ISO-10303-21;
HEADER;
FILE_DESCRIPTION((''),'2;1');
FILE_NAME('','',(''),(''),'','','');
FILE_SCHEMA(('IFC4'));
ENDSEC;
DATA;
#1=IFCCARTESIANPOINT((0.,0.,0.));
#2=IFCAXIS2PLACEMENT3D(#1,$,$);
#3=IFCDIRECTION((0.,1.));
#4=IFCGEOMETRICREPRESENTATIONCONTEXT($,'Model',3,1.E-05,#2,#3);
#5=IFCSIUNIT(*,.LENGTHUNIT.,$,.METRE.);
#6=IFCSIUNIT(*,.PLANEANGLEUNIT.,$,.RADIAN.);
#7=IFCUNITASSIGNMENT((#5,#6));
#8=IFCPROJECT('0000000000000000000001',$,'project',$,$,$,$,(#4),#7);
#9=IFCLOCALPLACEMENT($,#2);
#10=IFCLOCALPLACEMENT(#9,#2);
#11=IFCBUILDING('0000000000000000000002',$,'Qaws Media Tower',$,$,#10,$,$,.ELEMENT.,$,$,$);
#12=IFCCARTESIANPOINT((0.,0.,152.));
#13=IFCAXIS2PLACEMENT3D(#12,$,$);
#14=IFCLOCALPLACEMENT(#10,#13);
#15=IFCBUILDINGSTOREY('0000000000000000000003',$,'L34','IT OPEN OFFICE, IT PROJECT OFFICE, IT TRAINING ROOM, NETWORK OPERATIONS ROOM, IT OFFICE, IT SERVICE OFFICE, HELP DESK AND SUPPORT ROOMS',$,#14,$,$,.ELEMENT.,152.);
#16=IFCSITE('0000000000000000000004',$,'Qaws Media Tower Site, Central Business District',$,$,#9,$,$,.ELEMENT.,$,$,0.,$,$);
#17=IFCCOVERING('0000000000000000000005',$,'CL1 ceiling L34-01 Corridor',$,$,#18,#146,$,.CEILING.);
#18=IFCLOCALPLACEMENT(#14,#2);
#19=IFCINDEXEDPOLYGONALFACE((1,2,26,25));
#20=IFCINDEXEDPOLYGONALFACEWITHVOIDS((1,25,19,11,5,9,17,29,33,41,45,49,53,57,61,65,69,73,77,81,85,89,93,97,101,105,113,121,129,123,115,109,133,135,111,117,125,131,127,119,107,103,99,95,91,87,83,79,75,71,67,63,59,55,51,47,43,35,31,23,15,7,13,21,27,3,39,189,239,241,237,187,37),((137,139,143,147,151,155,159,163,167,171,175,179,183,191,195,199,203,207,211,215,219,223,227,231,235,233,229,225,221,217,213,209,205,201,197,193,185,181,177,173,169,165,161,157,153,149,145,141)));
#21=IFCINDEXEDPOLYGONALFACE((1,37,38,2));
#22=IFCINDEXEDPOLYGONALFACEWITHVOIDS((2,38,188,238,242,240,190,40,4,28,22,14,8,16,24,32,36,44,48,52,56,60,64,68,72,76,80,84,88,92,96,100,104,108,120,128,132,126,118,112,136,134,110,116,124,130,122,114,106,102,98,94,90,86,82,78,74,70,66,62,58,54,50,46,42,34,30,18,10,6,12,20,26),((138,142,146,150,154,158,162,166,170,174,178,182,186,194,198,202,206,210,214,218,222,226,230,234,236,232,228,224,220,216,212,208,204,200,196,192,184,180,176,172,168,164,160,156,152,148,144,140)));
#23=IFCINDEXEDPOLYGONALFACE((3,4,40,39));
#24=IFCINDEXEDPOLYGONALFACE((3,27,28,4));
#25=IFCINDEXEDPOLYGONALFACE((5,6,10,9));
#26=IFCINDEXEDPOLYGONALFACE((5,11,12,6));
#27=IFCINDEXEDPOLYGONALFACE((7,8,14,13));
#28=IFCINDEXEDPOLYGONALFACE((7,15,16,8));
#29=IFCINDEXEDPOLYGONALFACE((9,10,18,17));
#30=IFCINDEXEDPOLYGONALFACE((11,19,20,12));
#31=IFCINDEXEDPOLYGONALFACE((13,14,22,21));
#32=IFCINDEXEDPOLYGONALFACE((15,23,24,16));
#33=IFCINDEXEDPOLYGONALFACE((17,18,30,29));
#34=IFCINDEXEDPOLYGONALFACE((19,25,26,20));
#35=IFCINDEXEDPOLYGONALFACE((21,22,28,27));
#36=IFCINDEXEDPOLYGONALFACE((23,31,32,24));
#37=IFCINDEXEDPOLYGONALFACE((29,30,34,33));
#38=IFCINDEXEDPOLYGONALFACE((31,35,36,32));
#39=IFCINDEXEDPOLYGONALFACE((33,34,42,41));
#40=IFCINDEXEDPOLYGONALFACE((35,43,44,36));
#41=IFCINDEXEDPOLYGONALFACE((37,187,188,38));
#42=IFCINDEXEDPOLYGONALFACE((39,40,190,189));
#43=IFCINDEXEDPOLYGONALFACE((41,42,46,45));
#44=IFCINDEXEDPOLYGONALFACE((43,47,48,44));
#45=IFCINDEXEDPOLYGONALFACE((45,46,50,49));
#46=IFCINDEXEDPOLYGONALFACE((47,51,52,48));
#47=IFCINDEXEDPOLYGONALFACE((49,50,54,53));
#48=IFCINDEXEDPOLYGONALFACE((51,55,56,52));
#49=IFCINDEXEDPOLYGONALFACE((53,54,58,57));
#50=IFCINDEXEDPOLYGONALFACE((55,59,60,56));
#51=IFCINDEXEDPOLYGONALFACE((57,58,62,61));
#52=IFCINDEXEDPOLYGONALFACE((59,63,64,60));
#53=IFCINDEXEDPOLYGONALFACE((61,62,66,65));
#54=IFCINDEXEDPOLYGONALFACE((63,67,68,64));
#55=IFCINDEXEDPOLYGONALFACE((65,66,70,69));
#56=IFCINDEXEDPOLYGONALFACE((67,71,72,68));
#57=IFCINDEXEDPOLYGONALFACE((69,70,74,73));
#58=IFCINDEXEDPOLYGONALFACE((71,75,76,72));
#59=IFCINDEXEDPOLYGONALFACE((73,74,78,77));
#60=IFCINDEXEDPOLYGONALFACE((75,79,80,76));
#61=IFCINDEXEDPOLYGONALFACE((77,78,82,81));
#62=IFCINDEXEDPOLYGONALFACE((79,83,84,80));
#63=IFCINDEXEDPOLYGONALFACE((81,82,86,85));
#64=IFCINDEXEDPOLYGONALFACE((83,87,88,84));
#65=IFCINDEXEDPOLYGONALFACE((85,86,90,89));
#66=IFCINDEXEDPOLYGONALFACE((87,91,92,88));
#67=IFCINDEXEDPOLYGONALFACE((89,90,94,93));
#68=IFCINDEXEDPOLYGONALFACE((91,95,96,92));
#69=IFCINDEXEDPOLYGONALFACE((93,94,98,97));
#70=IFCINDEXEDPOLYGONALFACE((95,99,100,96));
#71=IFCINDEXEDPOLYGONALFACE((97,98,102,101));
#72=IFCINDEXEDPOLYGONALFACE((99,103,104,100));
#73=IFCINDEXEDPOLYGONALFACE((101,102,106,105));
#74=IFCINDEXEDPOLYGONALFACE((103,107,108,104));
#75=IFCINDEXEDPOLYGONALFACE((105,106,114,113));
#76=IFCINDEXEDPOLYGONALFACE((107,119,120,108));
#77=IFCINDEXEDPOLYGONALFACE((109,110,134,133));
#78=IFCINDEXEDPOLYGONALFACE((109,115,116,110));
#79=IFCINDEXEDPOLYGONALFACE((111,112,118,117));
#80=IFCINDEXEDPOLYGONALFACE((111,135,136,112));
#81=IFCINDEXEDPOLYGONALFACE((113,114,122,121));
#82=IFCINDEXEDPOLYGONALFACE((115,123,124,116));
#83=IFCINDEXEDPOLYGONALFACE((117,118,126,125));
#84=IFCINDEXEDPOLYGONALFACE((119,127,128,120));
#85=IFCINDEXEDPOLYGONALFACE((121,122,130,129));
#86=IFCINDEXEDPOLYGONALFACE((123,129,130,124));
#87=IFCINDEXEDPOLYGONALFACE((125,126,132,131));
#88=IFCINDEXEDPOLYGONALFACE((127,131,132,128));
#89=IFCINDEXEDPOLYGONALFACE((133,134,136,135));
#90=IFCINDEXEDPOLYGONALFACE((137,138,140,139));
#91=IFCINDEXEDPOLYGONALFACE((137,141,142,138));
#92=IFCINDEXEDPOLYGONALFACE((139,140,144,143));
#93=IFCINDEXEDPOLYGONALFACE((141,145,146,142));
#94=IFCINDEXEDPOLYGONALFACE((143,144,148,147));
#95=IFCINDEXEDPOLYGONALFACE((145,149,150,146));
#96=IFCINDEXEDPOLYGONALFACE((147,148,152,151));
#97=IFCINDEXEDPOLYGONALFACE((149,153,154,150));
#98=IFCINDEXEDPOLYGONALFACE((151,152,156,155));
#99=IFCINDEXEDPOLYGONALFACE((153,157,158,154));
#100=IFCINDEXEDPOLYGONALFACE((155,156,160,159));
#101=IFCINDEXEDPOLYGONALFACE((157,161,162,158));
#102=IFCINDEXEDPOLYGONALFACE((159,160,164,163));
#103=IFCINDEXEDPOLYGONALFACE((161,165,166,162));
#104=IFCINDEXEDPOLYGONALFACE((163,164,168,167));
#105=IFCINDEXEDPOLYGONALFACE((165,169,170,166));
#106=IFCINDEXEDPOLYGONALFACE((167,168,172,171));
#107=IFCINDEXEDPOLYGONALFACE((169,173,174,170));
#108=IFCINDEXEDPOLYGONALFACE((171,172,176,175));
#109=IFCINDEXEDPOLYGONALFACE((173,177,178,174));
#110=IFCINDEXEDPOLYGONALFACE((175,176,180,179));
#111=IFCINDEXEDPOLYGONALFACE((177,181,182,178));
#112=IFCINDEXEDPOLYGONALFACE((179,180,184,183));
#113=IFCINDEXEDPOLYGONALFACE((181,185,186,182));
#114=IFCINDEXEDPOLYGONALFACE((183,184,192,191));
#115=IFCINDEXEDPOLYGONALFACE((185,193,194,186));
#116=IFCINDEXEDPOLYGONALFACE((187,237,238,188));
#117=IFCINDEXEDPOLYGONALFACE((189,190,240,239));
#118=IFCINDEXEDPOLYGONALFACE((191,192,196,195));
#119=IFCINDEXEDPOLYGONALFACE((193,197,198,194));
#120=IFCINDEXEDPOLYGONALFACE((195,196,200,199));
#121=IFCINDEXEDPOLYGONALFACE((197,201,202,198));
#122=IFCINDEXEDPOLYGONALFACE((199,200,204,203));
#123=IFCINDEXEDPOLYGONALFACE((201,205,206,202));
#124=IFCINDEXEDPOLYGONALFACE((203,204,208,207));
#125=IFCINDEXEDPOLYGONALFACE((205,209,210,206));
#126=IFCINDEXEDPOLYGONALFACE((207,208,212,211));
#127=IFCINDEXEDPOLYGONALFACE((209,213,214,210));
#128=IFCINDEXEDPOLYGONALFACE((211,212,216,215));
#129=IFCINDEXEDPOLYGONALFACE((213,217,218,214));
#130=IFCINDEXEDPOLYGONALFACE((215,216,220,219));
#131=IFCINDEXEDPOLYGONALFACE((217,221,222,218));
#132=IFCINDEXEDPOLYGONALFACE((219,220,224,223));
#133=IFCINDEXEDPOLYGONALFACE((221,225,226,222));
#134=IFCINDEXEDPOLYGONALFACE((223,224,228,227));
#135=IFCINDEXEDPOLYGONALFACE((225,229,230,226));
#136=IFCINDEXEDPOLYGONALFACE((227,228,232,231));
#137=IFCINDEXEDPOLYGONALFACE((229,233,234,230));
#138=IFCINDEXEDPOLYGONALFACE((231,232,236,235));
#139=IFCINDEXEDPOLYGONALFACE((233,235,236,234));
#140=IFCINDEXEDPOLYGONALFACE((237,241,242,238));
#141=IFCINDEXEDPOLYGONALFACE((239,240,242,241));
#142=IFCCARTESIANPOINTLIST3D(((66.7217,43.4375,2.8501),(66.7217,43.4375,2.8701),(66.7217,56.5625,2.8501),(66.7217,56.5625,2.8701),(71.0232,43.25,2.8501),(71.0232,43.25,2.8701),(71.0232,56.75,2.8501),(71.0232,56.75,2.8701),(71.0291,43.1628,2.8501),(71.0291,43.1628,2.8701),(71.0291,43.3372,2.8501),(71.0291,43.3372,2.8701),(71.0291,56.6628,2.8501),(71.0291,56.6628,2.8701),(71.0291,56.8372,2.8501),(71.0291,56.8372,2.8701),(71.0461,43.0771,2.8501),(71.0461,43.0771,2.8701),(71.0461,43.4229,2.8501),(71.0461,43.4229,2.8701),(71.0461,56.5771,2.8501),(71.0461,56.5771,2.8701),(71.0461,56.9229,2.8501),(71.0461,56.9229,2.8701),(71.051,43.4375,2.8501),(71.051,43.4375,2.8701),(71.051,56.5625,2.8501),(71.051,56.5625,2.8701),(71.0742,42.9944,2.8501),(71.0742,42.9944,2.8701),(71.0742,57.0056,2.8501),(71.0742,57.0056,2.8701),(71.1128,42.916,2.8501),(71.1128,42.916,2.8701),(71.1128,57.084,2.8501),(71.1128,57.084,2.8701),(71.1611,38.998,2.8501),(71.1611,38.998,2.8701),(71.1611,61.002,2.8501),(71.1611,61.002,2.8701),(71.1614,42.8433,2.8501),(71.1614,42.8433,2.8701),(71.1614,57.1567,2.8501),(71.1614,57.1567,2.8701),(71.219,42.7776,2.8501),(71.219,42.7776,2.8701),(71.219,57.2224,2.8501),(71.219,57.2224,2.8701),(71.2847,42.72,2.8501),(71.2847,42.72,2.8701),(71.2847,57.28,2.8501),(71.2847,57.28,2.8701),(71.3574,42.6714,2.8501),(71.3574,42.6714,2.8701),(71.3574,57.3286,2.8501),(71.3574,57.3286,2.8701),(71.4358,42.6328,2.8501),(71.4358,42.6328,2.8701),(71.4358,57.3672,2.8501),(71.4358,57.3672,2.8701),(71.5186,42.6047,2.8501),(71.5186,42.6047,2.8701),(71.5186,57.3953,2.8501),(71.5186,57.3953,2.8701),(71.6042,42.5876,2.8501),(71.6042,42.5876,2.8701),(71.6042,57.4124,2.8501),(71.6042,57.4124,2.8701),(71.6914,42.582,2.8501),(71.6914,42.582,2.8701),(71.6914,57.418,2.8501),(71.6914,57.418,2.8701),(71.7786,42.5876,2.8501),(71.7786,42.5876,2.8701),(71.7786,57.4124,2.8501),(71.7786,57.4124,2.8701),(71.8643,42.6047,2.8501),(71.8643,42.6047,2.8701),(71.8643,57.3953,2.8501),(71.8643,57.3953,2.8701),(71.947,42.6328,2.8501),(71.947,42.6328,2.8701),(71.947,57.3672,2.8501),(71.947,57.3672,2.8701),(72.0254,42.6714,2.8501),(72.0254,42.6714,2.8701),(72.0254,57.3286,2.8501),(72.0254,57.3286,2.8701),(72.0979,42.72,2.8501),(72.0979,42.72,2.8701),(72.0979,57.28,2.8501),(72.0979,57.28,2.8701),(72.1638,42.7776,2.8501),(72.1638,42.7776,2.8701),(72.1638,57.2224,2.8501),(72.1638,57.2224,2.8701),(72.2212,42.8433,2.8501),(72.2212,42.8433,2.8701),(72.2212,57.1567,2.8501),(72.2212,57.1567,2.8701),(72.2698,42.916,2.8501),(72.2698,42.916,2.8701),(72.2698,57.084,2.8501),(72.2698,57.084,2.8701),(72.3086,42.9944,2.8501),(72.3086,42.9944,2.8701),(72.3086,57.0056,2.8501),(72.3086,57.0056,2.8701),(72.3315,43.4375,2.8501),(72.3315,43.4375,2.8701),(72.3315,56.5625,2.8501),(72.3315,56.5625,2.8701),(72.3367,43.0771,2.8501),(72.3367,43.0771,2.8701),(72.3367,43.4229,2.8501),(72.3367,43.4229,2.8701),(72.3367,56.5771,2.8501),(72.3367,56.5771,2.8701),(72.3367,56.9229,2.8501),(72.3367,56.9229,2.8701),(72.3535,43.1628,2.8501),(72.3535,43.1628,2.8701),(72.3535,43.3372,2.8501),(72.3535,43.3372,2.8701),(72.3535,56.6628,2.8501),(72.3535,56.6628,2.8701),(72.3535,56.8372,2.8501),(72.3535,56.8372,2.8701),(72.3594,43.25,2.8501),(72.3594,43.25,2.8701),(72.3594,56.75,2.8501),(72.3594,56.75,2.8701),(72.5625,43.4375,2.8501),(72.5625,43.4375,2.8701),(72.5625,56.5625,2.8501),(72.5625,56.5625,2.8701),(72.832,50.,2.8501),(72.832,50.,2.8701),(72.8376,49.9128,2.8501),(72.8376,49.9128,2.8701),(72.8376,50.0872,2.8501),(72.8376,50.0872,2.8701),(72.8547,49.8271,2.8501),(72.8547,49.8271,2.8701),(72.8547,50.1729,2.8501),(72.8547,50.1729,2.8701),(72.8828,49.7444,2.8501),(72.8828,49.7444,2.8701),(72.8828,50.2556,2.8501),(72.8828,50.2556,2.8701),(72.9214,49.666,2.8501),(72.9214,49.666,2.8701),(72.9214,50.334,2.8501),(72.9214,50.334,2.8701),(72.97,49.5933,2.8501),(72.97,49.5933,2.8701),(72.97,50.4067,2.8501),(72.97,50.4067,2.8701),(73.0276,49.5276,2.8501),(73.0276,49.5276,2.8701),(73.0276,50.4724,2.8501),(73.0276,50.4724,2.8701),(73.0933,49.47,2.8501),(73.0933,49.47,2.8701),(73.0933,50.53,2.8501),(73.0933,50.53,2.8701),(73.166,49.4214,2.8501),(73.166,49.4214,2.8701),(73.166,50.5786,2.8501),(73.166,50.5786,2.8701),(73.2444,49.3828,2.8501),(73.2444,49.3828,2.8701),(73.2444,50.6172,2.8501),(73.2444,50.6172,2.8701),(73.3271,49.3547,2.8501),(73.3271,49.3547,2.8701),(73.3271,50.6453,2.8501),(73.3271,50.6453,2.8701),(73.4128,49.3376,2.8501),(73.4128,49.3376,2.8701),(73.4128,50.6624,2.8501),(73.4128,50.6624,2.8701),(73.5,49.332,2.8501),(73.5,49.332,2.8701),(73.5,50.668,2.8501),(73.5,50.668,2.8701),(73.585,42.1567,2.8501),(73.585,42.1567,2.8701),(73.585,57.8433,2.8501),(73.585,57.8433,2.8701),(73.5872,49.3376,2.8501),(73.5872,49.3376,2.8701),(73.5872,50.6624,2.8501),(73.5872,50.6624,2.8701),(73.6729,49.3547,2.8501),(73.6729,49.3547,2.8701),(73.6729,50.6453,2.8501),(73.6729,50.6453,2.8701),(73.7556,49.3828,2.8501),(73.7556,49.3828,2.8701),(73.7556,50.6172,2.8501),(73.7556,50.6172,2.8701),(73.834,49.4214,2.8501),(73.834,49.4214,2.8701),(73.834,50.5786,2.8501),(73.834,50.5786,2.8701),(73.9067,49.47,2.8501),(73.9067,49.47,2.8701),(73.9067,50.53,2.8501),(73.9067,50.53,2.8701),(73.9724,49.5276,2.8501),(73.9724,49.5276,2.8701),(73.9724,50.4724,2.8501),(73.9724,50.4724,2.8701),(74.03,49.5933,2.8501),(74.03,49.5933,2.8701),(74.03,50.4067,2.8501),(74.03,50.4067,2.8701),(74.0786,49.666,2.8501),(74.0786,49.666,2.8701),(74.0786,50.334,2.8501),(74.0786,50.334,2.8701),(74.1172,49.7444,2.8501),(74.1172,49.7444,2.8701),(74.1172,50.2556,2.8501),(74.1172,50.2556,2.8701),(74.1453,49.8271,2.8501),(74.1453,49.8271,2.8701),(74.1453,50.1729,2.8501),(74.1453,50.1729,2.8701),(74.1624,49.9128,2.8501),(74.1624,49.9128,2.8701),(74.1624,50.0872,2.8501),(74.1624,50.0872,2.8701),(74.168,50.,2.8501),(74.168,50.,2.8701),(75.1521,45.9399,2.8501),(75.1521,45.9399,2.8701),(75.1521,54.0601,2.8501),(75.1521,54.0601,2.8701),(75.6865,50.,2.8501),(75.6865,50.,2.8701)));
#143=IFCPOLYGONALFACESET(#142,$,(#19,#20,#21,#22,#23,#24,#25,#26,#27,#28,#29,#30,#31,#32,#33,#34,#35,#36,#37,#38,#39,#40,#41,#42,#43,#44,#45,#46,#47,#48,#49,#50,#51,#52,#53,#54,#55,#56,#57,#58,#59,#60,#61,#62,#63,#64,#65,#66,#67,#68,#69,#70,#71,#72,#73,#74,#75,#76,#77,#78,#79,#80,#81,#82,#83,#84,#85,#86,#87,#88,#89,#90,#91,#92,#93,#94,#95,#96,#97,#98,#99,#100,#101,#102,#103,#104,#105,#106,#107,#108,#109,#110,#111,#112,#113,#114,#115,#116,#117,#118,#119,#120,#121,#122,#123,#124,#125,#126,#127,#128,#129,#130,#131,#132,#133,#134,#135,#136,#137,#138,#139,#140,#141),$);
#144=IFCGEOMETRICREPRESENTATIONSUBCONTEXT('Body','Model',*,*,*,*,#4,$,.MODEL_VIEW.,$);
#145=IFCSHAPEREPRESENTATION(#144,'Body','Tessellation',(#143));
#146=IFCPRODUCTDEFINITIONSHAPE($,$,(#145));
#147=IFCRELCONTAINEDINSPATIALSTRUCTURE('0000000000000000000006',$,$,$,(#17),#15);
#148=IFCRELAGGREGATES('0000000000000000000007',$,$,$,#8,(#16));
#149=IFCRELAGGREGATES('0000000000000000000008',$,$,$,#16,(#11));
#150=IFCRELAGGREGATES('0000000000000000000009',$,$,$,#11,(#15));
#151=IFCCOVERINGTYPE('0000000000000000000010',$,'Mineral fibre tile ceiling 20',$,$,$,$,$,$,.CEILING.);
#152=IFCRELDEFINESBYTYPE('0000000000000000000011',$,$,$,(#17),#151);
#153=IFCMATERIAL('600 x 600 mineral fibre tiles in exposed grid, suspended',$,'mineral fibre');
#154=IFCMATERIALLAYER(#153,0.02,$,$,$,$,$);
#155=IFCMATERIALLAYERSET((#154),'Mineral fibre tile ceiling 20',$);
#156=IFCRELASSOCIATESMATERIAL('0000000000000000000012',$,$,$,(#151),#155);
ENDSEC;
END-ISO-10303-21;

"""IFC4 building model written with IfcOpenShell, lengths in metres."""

from ifc_helpers import new_model, si_unit, direction, frame, origin, place, context, subcontext, project, spatial, polyline, outline, extrude, material, layer, layer_set, type_object, element, save


model = new_model("IFC4")

# Units and contexts
model_context = context("Model", 3, precision=1e-05, world=origin(), true_north=direction((0.0, 1.0)))
body_context = subcontext(model_context, "Body", "Model", "MODEL_VIEW")
ifc_project = project(units=[si_unit("LENGTHUNIT", "METRE"), si_unit("PLANEANGLEUNIT", "RADIAN")], contexts=[model_context])

# Site, building, storey
site_placement = place(None, origin())
site = spatial("IfcSite", under=ifc_project, at=site_placement, Name="Qaws Media Tower Site, Central Business District", CompositionType="ELEMENT", RefElevation=0.0)
building_placement = place(site_placement, origin())
building = spatial("IfcBuilding", under=site, at=building_placement, Name="Qaws Media Tower", CompositionType="ELEMENT")
storey_placement = place(building_placement, frame((0.0, 0.0, 152.0)))
storey = spatial("IfcBuildingStorey", under=building, at=storey_placement, Name="L34", Description="IT OPEN OFFICE, IT PROJECT OFFICE, IT TRAINING ROOM, NETWORK OPERATIONS ROOM, IT OFFICE, IT SERVICE OFFICE, HELP DESK AND SUPPORT ROOMS", CompositionType="ELEMENT", Elevation=152.0)

# Covering
ifc_material_1 = material(Name="600 x 600 mineral fibre tiles in exposed grid, suspended", Category="mineral fibre")
ifc_layer_1 = layer(ifc_material_1, 0.02)
ifc_layer_set_1 = layer_set([ifc_layer_1], Name="Mineral fibre tile ceiling 20")
covering_type_1 = type_object("IfcCoveringType", Name="Mineral fibre tile ceiling 20", PredefinedType="CEILING", material=ifc_layer_set_1)
covering_1_placement = place(storey_placement, frame((0.0, 0.0, 2.8501)))
element("IfcCovering", 1, at=covering_1_placement, inside=storey, type_object=covering_type_1, Name="CL1 ceiling L34-01 Corridor", PredefinedType="CEILING", context=body_context, shape_type="SweptSolid", body=[
    extrude(outline(polyline([(73.585, 57.8433), (75.1521, 54.0601), (75.6865, 50.0), (75.1521, 45.9399), (73.585, 42.1567), (71.1611, 38.998), (66.7217, 43.4375), (71.051, 43.4375), (71.0461, 43.4229), (71.0291, 43.3372), (71.0232, 43.25), (71.0291, 43.1628), (71.0461, 43.0771), (71.0742, 42.9944), (71.1128, 42.916), (71.1614, 42.8433), (71.219, 42.7776), (71.2847, 42.72), (71.3574, 42.6714), (71.4358, 42.6328), (71.5186, 42.6047), (71.6042, 42.5876), (71.6914, 42.582), (71.7786, 42.5876), (71.8643, 42.6047), (71.947, 42.6328), (72.0254, 42.6714), (72.0979, 42.72), (72.1638, 42.7776), (72.2212, 42.8433), (72.2698, 42.916), (72.3086, 42.9944), (72.3367, 43.0771), (72.3535, 43.1628), (72.3594, 43.25), (72.3535, 43.3372), (72.3367, 43.4229), (72.3315, 43.4375), (72.5625, 43.4375), (72.5625, 56.5625), (72.3315, 56.5625), (72.3367, 56.5771), (72.3535, 56.6628), (72.3594, 56.75), (72.3535, 56.8372), (72.3367, 56.9229), (72.3086, 57.0056), (72.2698, 57.084), (72.2212, 57.1567), (72.1638, 57.2224), (72.0979, 57.28), (72.0254, 57.3286), (71.947, 57.3672), (71.8643, 57.3953), (71.7786, 57.4124), (71.6914, 57.418), (71.6042, 57.4124), (71.5186, 57.3953), (71.4358, 57.3672), (71.3574, 57.3286), (71.2847, 57.28), (71.219, 57.2224), (71.1614, 57.1567), (71.1128, 57.084), (71.0742, 57.0056), (71.0461, 56.9229), (71.0291, 56.8372), (71.0232, 56.75), (71.0291, 56.6628), (71.0461, 56.5771), (71.051, 56.5625), (66.7217, 56.5625), (71.1611, 61.002), (73.585, 57.8433)]), holes=[polyline([(74.1453, 49.8271), (74.1624, 49.9128), (74.168, 50.0), (74.1624, 50.0872), (74.1453, 50.1729), (74.1172, 50.2556), (74.0786, 50.334), (74.03, 50.4067), (73.9724, 50.4724), (73.9067, 50.53), (73.834, 50.5786), (73.7556, 50.6172), (73.6729, 50.6453), (73.5872, 50.6624), (73.5, 50.668), (73.4128, 50.6624), (73.3271, 50.6453), (73.2444, 50.6172), (73.166, 50.5786), (73.0933, 50.53), (73.0276, 50.4724), (72.97, 50.4067), (72.9214, 50.334), (72.8828, 50.2556), (72.8547, 50.1729), (72.8376, 50.0872), (72.832, 50.0), (72.8376, 49.9128), (72.8547, 49.8271), (72.8828, 49.7444), (72.9214, 49.666), (72.97, 49.5933), (73.0276, 49.5276), (73.0933, 49.47), (73.166, 49.4214), (73.2444, 49.3828), (73.3271, 49.3547), (73.4128, 49.3376), (73.5, 49.332), (73.5872, 49.3376), (73.6729, 49.3547), (73.7556, 49.3828), (73.834, 49.4214), (73.9067, 49.47), (73.9724, 49.5276), (74.03, 49.5933), (74.0786, 49.666), (74.1172, 49.7444), (74.1453, 49.8271)])]), origin(), (0.0, 0.0, 1.0), 0.02),
])

save(model, "model.ifc")
